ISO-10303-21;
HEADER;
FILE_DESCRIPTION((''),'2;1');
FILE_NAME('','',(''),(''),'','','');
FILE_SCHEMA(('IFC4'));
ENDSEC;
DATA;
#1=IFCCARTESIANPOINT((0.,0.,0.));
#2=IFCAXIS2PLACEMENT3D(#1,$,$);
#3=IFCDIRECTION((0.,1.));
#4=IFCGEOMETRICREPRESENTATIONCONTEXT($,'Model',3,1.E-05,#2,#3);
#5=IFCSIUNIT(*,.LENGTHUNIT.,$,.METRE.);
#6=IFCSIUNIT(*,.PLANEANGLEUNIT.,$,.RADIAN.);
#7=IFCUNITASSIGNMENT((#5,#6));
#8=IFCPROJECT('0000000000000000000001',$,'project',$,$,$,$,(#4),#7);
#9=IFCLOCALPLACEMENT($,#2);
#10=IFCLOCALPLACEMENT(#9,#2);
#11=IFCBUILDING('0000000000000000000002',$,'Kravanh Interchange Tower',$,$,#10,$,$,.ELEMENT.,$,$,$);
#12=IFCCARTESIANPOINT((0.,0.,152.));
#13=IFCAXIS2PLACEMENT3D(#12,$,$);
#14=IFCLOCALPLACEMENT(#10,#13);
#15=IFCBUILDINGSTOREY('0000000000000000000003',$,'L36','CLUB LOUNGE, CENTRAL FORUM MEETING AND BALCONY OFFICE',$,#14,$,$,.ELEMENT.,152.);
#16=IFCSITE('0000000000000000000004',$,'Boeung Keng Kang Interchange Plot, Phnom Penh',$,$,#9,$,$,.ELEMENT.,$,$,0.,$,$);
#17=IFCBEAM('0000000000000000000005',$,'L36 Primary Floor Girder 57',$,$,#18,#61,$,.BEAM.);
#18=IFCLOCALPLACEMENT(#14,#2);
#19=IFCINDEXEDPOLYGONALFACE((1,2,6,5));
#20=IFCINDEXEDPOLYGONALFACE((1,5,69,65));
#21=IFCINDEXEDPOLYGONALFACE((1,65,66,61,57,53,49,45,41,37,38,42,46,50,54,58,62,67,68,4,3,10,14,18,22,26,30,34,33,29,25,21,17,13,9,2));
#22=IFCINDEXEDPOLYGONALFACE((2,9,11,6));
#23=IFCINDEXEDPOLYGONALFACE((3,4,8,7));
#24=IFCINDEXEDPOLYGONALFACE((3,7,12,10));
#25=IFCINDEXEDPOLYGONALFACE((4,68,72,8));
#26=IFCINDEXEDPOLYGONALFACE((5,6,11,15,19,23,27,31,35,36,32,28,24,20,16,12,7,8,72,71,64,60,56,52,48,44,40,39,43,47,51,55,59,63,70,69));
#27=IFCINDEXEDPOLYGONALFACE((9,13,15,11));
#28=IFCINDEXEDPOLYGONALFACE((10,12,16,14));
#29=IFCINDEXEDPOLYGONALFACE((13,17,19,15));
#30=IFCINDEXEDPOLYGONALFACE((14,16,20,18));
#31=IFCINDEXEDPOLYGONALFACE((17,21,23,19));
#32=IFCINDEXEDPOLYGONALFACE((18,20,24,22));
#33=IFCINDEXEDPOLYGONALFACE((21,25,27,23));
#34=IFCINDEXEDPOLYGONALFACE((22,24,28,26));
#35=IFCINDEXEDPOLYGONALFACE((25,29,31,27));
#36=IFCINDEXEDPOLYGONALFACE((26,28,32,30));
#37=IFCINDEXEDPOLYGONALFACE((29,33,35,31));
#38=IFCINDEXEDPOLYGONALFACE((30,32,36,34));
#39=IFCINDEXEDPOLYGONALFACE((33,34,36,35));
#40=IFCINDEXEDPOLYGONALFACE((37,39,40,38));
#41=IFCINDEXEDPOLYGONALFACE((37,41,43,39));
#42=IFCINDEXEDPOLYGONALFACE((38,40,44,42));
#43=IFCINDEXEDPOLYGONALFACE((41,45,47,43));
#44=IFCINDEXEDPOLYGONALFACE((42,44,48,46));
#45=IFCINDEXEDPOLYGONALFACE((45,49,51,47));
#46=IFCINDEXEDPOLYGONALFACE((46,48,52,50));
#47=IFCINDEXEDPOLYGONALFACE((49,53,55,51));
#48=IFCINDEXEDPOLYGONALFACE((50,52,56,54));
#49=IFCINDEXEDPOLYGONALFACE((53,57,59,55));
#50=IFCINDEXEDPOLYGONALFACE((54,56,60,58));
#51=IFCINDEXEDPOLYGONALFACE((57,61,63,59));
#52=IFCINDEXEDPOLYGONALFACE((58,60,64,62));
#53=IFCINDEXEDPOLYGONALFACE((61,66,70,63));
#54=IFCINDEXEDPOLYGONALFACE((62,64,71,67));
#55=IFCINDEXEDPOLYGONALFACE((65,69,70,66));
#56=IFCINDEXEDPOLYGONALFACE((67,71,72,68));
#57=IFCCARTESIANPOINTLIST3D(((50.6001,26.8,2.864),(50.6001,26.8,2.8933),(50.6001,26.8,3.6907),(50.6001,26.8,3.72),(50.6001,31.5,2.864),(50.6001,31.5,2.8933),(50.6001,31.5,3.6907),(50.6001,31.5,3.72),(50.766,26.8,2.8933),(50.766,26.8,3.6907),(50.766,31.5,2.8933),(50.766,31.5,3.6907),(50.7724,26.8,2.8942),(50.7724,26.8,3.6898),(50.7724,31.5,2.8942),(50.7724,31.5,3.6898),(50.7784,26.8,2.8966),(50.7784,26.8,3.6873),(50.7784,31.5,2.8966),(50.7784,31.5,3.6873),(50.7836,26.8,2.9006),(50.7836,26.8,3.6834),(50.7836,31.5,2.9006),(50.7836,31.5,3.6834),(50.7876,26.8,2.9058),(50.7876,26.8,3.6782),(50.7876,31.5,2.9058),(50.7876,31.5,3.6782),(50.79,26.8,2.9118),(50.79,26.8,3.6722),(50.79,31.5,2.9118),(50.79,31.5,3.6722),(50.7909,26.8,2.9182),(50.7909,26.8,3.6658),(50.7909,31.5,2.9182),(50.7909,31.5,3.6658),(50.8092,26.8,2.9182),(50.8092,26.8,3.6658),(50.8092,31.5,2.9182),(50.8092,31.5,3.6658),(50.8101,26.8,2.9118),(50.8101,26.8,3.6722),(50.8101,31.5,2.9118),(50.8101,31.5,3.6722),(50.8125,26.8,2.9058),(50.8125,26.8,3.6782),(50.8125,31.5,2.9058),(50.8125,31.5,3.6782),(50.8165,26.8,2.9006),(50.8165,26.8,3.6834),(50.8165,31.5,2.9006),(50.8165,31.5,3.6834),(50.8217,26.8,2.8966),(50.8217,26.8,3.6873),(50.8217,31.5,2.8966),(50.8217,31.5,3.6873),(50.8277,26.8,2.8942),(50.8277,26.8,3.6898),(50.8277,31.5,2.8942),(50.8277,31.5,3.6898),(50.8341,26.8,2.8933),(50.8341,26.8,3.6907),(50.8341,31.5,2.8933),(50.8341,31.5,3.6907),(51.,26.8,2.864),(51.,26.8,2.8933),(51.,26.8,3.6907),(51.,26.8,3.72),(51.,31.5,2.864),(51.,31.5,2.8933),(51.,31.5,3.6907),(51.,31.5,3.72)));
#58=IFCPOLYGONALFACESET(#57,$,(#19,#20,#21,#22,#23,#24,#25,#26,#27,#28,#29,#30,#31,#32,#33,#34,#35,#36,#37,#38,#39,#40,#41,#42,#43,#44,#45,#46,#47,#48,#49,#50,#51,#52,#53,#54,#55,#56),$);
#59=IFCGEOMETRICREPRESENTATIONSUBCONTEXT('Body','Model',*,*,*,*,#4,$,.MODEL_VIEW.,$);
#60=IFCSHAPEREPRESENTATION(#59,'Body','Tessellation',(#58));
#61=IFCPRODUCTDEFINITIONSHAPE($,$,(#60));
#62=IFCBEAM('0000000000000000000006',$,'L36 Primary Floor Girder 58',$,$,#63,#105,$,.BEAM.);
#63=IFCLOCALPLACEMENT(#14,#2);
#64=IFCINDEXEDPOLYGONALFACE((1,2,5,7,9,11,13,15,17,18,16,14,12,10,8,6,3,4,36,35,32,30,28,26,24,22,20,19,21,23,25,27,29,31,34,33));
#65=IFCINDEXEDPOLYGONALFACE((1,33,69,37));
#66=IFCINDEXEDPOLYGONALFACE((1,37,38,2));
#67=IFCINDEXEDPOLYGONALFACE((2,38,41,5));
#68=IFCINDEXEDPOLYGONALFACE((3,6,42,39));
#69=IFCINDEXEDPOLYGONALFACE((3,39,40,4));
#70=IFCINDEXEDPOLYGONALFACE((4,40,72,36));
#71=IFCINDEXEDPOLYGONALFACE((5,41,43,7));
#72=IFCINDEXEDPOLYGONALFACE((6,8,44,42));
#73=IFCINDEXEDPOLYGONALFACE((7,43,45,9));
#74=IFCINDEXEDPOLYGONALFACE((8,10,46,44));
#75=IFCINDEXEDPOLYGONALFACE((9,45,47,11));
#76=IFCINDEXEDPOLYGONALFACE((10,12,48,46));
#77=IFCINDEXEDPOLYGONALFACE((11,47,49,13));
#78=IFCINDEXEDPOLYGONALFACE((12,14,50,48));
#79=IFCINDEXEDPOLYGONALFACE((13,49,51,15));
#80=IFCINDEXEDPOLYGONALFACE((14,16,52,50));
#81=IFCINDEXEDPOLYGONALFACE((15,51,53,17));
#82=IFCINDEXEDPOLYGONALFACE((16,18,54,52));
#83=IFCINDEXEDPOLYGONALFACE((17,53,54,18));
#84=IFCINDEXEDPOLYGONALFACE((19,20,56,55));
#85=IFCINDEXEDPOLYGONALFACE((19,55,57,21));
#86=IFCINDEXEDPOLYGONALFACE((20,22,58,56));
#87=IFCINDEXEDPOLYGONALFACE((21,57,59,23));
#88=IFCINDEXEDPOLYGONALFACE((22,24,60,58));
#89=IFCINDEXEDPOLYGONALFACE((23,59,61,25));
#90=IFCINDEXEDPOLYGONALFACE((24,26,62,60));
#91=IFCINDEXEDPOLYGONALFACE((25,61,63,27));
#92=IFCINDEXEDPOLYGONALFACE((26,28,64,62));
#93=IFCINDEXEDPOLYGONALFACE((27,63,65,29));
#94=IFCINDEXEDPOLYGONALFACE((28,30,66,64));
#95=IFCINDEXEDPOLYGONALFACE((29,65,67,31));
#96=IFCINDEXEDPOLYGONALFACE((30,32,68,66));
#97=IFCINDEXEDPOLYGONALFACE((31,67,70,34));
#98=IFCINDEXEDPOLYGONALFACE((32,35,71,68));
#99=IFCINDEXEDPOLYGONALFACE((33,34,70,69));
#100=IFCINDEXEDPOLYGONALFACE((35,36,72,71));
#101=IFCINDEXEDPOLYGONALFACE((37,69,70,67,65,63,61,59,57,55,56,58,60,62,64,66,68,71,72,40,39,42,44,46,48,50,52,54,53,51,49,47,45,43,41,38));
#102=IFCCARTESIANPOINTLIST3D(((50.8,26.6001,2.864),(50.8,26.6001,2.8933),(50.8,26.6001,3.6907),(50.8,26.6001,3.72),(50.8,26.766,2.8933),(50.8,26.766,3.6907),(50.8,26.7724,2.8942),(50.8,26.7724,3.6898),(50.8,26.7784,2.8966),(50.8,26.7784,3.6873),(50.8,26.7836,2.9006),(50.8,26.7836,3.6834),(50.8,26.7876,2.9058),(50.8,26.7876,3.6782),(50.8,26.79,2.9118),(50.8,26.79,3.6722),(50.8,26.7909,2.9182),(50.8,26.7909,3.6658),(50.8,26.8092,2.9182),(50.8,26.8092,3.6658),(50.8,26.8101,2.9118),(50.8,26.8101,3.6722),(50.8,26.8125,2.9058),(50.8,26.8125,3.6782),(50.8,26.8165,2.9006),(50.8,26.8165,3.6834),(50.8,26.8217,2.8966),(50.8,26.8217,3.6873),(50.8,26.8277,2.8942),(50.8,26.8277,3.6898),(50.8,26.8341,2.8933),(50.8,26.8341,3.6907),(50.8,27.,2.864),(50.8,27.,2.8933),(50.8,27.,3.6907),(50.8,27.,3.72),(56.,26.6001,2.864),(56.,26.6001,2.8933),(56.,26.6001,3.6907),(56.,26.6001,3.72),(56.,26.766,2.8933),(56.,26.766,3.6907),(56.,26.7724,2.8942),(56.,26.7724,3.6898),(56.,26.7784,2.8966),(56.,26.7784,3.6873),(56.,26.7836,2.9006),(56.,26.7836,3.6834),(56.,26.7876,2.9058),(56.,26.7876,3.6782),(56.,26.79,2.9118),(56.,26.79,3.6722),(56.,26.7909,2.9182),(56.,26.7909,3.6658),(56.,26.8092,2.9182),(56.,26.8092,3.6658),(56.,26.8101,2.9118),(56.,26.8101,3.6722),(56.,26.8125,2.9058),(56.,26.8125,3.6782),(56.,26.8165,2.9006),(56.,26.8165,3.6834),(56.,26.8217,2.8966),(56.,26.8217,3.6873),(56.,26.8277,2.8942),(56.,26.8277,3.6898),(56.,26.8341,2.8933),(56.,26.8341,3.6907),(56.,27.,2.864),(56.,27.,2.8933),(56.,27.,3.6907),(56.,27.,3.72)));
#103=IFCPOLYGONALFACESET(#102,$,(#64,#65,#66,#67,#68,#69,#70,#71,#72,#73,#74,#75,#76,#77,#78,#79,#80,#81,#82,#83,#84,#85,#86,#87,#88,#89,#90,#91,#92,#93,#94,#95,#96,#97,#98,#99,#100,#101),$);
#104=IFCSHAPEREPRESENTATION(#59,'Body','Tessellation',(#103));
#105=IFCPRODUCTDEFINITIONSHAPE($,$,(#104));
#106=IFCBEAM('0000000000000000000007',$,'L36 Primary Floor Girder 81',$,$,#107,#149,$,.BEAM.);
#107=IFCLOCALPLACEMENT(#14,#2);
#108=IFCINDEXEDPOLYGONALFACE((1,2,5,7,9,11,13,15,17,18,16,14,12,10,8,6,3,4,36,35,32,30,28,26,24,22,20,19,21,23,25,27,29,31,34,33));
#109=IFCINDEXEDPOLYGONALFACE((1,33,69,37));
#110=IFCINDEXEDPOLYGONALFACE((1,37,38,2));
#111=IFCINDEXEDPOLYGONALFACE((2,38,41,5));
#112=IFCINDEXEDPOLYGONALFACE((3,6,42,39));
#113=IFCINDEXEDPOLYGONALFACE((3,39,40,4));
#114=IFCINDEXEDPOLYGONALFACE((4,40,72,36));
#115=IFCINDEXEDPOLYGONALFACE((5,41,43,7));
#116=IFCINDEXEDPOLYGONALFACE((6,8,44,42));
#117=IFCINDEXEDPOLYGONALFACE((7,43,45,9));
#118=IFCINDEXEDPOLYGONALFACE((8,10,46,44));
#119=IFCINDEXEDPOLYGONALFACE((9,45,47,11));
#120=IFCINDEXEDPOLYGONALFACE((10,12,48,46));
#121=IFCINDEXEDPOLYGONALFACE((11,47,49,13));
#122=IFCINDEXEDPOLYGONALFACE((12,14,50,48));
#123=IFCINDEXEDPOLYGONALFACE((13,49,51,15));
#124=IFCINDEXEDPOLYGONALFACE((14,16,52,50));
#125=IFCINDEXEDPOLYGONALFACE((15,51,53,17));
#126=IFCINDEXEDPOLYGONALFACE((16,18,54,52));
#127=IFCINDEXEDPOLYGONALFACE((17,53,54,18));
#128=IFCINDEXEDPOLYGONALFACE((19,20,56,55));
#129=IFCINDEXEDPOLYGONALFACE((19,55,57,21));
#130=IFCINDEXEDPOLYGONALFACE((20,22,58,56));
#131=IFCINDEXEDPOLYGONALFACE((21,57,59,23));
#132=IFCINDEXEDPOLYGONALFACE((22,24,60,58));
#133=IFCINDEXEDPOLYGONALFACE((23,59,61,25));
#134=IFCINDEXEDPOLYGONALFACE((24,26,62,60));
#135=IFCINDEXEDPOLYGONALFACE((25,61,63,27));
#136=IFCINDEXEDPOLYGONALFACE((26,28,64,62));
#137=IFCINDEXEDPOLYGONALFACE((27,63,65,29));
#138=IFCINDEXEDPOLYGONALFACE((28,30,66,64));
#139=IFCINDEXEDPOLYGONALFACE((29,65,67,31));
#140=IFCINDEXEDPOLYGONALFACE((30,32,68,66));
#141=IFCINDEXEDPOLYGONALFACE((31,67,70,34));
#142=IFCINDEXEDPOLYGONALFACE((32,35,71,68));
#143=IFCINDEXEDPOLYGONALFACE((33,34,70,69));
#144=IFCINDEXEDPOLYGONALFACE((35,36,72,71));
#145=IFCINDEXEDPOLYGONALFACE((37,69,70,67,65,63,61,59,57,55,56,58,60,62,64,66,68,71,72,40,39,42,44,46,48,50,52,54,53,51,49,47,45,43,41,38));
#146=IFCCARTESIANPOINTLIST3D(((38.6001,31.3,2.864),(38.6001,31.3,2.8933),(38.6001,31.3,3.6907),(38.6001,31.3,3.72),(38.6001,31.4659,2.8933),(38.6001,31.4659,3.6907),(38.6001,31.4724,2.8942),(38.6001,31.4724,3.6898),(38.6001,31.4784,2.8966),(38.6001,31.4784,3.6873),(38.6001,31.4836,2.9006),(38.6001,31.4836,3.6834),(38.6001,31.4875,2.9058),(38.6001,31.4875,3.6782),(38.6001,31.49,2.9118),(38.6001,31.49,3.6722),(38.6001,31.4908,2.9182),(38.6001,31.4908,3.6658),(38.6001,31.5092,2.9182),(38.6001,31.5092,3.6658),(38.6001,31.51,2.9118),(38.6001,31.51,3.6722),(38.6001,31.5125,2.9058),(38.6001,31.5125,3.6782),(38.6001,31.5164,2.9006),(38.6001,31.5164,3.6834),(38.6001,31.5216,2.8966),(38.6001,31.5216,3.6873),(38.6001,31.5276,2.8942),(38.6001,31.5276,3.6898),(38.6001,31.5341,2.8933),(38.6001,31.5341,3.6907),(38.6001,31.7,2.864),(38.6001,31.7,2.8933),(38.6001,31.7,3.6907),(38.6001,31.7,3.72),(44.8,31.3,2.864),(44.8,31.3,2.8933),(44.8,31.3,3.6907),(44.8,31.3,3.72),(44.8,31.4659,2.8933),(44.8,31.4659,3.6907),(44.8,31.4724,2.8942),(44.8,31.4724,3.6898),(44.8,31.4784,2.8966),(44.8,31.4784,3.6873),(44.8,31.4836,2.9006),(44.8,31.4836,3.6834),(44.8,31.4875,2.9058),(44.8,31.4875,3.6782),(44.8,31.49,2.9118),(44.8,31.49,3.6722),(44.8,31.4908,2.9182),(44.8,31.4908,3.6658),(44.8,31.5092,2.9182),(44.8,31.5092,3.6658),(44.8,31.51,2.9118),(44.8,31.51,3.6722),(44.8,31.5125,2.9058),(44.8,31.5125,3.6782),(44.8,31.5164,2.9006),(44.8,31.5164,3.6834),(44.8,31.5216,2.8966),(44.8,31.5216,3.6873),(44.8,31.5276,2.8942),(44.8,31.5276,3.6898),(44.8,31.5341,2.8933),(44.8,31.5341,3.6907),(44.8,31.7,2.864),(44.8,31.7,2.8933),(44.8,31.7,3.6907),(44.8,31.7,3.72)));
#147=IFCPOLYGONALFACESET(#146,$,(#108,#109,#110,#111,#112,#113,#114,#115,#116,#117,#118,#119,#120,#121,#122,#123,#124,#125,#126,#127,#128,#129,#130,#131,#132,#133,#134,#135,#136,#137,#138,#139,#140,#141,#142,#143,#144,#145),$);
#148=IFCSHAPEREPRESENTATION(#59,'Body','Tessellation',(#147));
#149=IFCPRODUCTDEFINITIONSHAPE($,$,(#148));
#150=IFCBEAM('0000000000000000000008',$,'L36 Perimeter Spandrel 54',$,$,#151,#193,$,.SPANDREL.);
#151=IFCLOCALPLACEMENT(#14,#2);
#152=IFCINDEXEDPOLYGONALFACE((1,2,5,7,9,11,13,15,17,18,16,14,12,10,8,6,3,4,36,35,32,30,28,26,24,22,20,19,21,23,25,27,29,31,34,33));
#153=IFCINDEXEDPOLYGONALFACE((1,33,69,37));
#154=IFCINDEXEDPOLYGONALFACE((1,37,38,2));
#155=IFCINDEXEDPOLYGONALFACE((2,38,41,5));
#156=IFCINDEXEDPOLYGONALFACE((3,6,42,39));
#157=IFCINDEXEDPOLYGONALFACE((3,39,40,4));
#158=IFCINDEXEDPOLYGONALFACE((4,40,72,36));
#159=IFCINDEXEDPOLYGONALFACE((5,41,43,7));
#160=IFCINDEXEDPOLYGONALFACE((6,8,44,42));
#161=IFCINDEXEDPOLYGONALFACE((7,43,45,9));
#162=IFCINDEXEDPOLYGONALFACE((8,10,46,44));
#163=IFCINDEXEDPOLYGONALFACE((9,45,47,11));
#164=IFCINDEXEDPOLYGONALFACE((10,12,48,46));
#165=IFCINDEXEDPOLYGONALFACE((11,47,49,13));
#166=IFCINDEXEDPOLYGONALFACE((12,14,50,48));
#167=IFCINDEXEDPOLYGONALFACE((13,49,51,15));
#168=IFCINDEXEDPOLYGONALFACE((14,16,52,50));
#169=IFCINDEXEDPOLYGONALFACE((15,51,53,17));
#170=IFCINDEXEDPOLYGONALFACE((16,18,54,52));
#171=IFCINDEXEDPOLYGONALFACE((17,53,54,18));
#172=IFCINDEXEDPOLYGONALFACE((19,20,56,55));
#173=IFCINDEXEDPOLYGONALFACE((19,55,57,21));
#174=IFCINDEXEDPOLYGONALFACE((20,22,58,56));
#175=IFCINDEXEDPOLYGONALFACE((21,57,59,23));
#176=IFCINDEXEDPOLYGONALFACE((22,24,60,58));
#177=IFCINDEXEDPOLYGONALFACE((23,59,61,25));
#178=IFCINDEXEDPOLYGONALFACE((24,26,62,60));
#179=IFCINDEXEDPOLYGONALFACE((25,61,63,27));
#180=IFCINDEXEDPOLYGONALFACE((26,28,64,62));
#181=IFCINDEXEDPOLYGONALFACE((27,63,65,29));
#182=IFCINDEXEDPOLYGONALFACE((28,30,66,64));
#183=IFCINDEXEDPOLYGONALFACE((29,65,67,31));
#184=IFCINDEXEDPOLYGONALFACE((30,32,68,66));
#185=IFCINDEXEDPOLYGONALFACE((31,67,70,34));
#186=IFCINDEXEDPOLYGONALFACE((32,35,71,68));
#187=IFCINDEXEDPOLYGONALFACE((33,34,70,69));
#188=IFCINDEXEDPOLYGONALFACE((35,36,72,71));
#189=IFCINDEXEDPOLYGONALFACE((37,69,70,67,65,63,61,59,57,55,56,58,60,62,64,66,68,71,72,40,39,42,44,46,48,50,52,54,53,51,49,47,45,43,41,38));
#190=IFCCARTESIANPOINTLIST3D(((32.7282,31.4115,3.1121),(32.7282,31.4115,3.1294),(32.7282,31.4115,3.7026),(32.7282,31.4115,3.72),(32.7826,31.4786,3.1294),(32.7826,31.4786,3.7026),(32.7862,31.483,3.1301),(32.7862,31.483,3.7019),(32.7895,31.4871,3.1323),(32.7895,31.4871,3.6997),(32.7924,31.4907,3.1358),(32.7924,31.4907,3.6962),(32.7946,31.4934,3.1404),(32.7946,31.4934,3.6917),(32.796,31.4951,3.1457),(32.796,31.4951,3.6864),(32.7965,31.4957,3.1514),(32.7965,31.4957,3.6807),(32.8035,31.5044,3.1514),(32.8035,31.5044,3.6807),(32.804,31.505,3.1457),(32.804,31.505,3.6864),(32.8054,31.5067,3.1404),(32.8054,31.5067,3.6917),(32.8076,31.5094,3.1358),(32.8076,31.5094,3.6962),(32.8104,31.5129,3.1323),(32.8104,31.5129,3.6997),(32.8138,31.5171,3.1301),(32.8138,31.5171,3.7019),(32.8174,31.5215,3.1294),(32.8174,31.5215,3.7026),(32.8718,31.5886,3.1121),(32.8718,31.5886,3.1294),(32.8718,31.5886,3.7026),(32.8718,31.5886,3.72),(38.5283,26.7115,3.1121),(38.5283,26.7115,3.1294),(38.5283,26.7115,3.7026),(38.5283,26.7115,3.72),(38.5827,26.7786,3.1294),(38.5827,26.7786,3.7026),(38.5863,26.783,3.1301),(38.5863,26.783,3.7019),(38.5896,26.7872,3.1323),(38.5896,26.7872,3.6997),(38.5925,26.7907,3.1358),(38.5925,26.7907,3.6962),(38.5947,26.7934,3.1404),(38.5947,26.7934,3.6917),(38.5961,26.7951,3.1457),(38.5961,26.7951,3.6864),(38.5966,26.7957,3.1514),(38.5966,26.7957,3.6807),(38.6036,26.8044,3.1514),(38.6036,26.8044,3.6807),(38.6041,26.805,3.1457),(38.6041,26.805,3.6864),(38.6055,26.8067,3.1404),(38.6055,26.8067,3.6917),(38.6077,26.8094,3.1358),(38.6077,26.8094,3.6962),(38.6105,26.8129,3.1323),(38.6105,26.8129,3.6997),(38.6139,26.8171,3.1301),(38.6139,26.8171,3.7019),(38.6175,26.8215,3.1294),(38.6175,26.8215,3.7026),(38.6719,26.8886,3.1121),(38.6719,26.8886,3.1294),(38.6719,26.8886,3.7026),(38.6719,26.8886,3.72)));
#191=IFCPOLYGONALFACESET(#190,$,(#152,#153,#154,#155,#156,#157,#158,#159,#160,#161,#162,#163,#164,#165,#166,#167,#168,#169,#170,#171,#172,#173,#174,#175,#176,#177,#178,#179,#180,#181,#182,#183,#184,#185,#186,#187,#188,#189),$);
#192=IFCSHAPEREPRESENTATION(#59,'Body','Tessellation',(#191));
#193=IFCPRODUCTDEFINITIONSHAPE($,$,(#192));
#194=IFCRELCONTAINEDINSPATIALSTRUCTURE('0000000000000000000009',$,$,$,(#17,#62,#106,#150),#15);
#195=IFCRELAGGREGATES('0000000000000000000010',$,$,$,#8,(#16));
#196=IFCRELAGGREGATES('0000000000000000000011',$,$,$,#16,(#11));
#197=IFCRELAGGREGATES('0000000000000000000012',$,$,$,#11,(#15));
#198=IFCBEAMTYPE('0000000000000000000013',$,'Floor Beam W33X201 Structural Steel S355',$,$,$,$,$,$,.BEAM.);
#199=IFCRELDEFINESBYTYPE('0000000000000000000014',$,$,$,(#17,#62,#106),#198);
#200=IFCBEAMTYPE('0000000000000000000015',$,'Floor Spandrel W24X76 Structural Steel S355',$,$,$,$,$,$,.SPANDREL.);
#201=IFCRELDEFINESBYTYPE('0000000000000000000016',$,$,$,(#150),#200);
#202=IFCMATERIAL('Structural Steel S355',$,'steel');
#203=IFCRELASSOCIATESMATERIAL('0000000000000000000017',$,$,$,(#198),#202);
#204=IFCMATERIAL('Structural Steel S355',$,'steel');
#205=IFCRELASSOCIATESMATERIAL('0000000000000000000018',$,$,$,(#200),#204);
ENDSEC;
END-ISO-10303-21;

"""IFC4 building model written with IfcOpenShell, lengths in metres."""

from ifc_helpers import new_model, si_unit, direction, frame, origin, origin_2d, place, context, subcontext, project, spatial, i_section, extrude, material, material_profile, profile_set, type_object, element, save


model = new_model("IFC4")

# Units and contexts
model_context = context("Model", 3, precision=1e-05, world=origin(), true_north=direction((0.0, 1.0)))
body_context = subcontext(model_context, "Body", "Model", "MODEL_VIEW")
ifc_project = project(units=[si_unit("LENGTHUNIT", "METRE"), si_unit("PLANEANGLEUNIT", "RADIAN")], contexts=[model_context])

# Site, building, storey
site_placement = place(None, origin())
site = spatial("IfcSite", under=ifc_project, at=site_placement, Name="Boeung Keng Kang Interchange Plot, Phnom Penh", CompositionType="ELEMENT", RefElevation=0.0)
building_placement = place(site_placement, origin())
building = spatial("IfcBuilding", under=site, at=building_placement, Name="Kravanh Interchange Tower", CompositionType="ELEMENT")
storey_placement = place(building_placement, frame((0.0, 0.0, 152.0)))
storey = spatial("IfcBuildingStorey", under=building, at=storey_placement, Name="L36", Description="CLUB LOUNGE, CENTRAL FORUM MEETING AND BALCONY OFFICE", CompositionType="ELEMENT", Elevation=152.0)

# Beams
ifc_material_1 = material(Name="Structural Steel S355", Category="steel")
ifc_material_profile_1 = material_profile(ifc_material_1, i_section(OverallWidth=0.3999, OverallDepth=0.856, WebThickness=0.0183, FlangeThickness=0.0293, FilletRadius=0.0249, at=origin_2d()), Name="W33X201")
ifc_profile_set_1 = profile_set([ifc_material_profile_1], Name="Structural Steel S355")
beam_type_1 = type_object("IfcBeamType", Name="Floor Beam W33X201 Structural Steel S355", PredefinedType="BEAM", material=ifc_profile_set_1)
beam_1_placement = place(storey_placement, frame((50.8, 26.8, 3.292), z_axis=(0.0, 1.0, 0.0), x_axis=(-1.0, 0.0, 0.0)))
element("IfcBeam", 1, at=beam_1_placement, inside=storey, type_object=beam_type_1, Name="L36 Primary Floor Girder 57", PredefinedType="BEAM", context=body_context, shape_type="SweptSolid", body=[
    extrude(i_section(OverallWidth=0.3999, OverallDepth=0.856, WebThickness=0.0183, FlangeThickness=0.0293, FilletRadius=0.0249, at=origin_2d()), origin(), (0.0, 0.0, 1.0), 4.7),
])
beam_2_placement = place(storey_placement, frame((50.8, 26.8, 3.292), z_axis=(1.0, 0.0, 0.0), x_axis=(0.0, 1.0, 0.0)))
element("IfcBeam", 2, at=beam_2_placement, inside=storey, type_object=beam_type_1, Name="L36 Primary Floor Girder 58", PredefinedType="BEAM", context=body_context, shape_type="SweptSolid", body=[
    extrude(i_section(OverallWidth=0.3999, OverallDepth=0.856, WebThickness=0.0183, FlangeThickness=0.0293, FilletRadius=0.0249, at=origin_2d()), origin(), (0.0, 0.0, 1.0), 5.2),
])
beam_3_placement = place(storey_placement, frame((38.6001, 31.5, 3.292), z_axis=(1.0, 0.0, 0.0), x_axis=(0.0, 1.0, 0.0)))
element("IfcBeam", 3, at=beam_3_placement, inside=storey, type_object=beam_type_1, Name="L36 Primary Floor Girder 81", PredefinedType="BEAM", context=body_context, shape_type="SweptSolid", body=[
    extrude(i_section(OverallWidth=0.3999, OverallDepth=0.856, WebThickness=0.0183, FlangeThickness=0.0293, FilletRadius=0.0249, at=origin_2d()), origin(), (0.0, 0.0, 1.0), 6.2),
])
ifc_material_2 = material(Name="Structural Steel S355", Category="steel")
ifc_material_profile_2 = material_profile(ifc_material_2, i_section(OverallWidth=0.228, OverallDepth=0.6079, WebThickness=0.0112, FlangeThickness=0.0173, FilletRadius=0.022, at=origin_2d()), Name="W24X76")
ifc_profile_set_2 = profile_set([ifc_material_profile_2], Name="Structural Steel S355")
beam_type_2 = type_object("IfcBeamType", Name="Floor Spandrel W24X76 Structural Steel S355", PredefinedType="SPANDREL", material=ifc_profile_set_2)
beam_4_placement = place(storey_placement, frame((38.6001, 26.8, 3.416), z_axis=(-0.776939, 0.629576, 0.0), x_axis=(-0.629576, -0.776939, 0.0)))
element("IfcBeam", 4, at=beam_4_placement, inside=storey, type_object=beam_type_2, Name="L36 Perimeter Spandrel 54", PredefinedType="SPANDREL", context=body_context, shape_type="SweptSolid", body=[
    extrude(i_section(OverallWidth=0.228, OverallDepth=0.6079, WebThickness=0.0112, FlangeThickness=0.0173, FilletRadius=0.022, at=origin_2d()), origin(), (0.0, 0.0, 1.0), 7.4653),
])

save(model, "model.ifc")
